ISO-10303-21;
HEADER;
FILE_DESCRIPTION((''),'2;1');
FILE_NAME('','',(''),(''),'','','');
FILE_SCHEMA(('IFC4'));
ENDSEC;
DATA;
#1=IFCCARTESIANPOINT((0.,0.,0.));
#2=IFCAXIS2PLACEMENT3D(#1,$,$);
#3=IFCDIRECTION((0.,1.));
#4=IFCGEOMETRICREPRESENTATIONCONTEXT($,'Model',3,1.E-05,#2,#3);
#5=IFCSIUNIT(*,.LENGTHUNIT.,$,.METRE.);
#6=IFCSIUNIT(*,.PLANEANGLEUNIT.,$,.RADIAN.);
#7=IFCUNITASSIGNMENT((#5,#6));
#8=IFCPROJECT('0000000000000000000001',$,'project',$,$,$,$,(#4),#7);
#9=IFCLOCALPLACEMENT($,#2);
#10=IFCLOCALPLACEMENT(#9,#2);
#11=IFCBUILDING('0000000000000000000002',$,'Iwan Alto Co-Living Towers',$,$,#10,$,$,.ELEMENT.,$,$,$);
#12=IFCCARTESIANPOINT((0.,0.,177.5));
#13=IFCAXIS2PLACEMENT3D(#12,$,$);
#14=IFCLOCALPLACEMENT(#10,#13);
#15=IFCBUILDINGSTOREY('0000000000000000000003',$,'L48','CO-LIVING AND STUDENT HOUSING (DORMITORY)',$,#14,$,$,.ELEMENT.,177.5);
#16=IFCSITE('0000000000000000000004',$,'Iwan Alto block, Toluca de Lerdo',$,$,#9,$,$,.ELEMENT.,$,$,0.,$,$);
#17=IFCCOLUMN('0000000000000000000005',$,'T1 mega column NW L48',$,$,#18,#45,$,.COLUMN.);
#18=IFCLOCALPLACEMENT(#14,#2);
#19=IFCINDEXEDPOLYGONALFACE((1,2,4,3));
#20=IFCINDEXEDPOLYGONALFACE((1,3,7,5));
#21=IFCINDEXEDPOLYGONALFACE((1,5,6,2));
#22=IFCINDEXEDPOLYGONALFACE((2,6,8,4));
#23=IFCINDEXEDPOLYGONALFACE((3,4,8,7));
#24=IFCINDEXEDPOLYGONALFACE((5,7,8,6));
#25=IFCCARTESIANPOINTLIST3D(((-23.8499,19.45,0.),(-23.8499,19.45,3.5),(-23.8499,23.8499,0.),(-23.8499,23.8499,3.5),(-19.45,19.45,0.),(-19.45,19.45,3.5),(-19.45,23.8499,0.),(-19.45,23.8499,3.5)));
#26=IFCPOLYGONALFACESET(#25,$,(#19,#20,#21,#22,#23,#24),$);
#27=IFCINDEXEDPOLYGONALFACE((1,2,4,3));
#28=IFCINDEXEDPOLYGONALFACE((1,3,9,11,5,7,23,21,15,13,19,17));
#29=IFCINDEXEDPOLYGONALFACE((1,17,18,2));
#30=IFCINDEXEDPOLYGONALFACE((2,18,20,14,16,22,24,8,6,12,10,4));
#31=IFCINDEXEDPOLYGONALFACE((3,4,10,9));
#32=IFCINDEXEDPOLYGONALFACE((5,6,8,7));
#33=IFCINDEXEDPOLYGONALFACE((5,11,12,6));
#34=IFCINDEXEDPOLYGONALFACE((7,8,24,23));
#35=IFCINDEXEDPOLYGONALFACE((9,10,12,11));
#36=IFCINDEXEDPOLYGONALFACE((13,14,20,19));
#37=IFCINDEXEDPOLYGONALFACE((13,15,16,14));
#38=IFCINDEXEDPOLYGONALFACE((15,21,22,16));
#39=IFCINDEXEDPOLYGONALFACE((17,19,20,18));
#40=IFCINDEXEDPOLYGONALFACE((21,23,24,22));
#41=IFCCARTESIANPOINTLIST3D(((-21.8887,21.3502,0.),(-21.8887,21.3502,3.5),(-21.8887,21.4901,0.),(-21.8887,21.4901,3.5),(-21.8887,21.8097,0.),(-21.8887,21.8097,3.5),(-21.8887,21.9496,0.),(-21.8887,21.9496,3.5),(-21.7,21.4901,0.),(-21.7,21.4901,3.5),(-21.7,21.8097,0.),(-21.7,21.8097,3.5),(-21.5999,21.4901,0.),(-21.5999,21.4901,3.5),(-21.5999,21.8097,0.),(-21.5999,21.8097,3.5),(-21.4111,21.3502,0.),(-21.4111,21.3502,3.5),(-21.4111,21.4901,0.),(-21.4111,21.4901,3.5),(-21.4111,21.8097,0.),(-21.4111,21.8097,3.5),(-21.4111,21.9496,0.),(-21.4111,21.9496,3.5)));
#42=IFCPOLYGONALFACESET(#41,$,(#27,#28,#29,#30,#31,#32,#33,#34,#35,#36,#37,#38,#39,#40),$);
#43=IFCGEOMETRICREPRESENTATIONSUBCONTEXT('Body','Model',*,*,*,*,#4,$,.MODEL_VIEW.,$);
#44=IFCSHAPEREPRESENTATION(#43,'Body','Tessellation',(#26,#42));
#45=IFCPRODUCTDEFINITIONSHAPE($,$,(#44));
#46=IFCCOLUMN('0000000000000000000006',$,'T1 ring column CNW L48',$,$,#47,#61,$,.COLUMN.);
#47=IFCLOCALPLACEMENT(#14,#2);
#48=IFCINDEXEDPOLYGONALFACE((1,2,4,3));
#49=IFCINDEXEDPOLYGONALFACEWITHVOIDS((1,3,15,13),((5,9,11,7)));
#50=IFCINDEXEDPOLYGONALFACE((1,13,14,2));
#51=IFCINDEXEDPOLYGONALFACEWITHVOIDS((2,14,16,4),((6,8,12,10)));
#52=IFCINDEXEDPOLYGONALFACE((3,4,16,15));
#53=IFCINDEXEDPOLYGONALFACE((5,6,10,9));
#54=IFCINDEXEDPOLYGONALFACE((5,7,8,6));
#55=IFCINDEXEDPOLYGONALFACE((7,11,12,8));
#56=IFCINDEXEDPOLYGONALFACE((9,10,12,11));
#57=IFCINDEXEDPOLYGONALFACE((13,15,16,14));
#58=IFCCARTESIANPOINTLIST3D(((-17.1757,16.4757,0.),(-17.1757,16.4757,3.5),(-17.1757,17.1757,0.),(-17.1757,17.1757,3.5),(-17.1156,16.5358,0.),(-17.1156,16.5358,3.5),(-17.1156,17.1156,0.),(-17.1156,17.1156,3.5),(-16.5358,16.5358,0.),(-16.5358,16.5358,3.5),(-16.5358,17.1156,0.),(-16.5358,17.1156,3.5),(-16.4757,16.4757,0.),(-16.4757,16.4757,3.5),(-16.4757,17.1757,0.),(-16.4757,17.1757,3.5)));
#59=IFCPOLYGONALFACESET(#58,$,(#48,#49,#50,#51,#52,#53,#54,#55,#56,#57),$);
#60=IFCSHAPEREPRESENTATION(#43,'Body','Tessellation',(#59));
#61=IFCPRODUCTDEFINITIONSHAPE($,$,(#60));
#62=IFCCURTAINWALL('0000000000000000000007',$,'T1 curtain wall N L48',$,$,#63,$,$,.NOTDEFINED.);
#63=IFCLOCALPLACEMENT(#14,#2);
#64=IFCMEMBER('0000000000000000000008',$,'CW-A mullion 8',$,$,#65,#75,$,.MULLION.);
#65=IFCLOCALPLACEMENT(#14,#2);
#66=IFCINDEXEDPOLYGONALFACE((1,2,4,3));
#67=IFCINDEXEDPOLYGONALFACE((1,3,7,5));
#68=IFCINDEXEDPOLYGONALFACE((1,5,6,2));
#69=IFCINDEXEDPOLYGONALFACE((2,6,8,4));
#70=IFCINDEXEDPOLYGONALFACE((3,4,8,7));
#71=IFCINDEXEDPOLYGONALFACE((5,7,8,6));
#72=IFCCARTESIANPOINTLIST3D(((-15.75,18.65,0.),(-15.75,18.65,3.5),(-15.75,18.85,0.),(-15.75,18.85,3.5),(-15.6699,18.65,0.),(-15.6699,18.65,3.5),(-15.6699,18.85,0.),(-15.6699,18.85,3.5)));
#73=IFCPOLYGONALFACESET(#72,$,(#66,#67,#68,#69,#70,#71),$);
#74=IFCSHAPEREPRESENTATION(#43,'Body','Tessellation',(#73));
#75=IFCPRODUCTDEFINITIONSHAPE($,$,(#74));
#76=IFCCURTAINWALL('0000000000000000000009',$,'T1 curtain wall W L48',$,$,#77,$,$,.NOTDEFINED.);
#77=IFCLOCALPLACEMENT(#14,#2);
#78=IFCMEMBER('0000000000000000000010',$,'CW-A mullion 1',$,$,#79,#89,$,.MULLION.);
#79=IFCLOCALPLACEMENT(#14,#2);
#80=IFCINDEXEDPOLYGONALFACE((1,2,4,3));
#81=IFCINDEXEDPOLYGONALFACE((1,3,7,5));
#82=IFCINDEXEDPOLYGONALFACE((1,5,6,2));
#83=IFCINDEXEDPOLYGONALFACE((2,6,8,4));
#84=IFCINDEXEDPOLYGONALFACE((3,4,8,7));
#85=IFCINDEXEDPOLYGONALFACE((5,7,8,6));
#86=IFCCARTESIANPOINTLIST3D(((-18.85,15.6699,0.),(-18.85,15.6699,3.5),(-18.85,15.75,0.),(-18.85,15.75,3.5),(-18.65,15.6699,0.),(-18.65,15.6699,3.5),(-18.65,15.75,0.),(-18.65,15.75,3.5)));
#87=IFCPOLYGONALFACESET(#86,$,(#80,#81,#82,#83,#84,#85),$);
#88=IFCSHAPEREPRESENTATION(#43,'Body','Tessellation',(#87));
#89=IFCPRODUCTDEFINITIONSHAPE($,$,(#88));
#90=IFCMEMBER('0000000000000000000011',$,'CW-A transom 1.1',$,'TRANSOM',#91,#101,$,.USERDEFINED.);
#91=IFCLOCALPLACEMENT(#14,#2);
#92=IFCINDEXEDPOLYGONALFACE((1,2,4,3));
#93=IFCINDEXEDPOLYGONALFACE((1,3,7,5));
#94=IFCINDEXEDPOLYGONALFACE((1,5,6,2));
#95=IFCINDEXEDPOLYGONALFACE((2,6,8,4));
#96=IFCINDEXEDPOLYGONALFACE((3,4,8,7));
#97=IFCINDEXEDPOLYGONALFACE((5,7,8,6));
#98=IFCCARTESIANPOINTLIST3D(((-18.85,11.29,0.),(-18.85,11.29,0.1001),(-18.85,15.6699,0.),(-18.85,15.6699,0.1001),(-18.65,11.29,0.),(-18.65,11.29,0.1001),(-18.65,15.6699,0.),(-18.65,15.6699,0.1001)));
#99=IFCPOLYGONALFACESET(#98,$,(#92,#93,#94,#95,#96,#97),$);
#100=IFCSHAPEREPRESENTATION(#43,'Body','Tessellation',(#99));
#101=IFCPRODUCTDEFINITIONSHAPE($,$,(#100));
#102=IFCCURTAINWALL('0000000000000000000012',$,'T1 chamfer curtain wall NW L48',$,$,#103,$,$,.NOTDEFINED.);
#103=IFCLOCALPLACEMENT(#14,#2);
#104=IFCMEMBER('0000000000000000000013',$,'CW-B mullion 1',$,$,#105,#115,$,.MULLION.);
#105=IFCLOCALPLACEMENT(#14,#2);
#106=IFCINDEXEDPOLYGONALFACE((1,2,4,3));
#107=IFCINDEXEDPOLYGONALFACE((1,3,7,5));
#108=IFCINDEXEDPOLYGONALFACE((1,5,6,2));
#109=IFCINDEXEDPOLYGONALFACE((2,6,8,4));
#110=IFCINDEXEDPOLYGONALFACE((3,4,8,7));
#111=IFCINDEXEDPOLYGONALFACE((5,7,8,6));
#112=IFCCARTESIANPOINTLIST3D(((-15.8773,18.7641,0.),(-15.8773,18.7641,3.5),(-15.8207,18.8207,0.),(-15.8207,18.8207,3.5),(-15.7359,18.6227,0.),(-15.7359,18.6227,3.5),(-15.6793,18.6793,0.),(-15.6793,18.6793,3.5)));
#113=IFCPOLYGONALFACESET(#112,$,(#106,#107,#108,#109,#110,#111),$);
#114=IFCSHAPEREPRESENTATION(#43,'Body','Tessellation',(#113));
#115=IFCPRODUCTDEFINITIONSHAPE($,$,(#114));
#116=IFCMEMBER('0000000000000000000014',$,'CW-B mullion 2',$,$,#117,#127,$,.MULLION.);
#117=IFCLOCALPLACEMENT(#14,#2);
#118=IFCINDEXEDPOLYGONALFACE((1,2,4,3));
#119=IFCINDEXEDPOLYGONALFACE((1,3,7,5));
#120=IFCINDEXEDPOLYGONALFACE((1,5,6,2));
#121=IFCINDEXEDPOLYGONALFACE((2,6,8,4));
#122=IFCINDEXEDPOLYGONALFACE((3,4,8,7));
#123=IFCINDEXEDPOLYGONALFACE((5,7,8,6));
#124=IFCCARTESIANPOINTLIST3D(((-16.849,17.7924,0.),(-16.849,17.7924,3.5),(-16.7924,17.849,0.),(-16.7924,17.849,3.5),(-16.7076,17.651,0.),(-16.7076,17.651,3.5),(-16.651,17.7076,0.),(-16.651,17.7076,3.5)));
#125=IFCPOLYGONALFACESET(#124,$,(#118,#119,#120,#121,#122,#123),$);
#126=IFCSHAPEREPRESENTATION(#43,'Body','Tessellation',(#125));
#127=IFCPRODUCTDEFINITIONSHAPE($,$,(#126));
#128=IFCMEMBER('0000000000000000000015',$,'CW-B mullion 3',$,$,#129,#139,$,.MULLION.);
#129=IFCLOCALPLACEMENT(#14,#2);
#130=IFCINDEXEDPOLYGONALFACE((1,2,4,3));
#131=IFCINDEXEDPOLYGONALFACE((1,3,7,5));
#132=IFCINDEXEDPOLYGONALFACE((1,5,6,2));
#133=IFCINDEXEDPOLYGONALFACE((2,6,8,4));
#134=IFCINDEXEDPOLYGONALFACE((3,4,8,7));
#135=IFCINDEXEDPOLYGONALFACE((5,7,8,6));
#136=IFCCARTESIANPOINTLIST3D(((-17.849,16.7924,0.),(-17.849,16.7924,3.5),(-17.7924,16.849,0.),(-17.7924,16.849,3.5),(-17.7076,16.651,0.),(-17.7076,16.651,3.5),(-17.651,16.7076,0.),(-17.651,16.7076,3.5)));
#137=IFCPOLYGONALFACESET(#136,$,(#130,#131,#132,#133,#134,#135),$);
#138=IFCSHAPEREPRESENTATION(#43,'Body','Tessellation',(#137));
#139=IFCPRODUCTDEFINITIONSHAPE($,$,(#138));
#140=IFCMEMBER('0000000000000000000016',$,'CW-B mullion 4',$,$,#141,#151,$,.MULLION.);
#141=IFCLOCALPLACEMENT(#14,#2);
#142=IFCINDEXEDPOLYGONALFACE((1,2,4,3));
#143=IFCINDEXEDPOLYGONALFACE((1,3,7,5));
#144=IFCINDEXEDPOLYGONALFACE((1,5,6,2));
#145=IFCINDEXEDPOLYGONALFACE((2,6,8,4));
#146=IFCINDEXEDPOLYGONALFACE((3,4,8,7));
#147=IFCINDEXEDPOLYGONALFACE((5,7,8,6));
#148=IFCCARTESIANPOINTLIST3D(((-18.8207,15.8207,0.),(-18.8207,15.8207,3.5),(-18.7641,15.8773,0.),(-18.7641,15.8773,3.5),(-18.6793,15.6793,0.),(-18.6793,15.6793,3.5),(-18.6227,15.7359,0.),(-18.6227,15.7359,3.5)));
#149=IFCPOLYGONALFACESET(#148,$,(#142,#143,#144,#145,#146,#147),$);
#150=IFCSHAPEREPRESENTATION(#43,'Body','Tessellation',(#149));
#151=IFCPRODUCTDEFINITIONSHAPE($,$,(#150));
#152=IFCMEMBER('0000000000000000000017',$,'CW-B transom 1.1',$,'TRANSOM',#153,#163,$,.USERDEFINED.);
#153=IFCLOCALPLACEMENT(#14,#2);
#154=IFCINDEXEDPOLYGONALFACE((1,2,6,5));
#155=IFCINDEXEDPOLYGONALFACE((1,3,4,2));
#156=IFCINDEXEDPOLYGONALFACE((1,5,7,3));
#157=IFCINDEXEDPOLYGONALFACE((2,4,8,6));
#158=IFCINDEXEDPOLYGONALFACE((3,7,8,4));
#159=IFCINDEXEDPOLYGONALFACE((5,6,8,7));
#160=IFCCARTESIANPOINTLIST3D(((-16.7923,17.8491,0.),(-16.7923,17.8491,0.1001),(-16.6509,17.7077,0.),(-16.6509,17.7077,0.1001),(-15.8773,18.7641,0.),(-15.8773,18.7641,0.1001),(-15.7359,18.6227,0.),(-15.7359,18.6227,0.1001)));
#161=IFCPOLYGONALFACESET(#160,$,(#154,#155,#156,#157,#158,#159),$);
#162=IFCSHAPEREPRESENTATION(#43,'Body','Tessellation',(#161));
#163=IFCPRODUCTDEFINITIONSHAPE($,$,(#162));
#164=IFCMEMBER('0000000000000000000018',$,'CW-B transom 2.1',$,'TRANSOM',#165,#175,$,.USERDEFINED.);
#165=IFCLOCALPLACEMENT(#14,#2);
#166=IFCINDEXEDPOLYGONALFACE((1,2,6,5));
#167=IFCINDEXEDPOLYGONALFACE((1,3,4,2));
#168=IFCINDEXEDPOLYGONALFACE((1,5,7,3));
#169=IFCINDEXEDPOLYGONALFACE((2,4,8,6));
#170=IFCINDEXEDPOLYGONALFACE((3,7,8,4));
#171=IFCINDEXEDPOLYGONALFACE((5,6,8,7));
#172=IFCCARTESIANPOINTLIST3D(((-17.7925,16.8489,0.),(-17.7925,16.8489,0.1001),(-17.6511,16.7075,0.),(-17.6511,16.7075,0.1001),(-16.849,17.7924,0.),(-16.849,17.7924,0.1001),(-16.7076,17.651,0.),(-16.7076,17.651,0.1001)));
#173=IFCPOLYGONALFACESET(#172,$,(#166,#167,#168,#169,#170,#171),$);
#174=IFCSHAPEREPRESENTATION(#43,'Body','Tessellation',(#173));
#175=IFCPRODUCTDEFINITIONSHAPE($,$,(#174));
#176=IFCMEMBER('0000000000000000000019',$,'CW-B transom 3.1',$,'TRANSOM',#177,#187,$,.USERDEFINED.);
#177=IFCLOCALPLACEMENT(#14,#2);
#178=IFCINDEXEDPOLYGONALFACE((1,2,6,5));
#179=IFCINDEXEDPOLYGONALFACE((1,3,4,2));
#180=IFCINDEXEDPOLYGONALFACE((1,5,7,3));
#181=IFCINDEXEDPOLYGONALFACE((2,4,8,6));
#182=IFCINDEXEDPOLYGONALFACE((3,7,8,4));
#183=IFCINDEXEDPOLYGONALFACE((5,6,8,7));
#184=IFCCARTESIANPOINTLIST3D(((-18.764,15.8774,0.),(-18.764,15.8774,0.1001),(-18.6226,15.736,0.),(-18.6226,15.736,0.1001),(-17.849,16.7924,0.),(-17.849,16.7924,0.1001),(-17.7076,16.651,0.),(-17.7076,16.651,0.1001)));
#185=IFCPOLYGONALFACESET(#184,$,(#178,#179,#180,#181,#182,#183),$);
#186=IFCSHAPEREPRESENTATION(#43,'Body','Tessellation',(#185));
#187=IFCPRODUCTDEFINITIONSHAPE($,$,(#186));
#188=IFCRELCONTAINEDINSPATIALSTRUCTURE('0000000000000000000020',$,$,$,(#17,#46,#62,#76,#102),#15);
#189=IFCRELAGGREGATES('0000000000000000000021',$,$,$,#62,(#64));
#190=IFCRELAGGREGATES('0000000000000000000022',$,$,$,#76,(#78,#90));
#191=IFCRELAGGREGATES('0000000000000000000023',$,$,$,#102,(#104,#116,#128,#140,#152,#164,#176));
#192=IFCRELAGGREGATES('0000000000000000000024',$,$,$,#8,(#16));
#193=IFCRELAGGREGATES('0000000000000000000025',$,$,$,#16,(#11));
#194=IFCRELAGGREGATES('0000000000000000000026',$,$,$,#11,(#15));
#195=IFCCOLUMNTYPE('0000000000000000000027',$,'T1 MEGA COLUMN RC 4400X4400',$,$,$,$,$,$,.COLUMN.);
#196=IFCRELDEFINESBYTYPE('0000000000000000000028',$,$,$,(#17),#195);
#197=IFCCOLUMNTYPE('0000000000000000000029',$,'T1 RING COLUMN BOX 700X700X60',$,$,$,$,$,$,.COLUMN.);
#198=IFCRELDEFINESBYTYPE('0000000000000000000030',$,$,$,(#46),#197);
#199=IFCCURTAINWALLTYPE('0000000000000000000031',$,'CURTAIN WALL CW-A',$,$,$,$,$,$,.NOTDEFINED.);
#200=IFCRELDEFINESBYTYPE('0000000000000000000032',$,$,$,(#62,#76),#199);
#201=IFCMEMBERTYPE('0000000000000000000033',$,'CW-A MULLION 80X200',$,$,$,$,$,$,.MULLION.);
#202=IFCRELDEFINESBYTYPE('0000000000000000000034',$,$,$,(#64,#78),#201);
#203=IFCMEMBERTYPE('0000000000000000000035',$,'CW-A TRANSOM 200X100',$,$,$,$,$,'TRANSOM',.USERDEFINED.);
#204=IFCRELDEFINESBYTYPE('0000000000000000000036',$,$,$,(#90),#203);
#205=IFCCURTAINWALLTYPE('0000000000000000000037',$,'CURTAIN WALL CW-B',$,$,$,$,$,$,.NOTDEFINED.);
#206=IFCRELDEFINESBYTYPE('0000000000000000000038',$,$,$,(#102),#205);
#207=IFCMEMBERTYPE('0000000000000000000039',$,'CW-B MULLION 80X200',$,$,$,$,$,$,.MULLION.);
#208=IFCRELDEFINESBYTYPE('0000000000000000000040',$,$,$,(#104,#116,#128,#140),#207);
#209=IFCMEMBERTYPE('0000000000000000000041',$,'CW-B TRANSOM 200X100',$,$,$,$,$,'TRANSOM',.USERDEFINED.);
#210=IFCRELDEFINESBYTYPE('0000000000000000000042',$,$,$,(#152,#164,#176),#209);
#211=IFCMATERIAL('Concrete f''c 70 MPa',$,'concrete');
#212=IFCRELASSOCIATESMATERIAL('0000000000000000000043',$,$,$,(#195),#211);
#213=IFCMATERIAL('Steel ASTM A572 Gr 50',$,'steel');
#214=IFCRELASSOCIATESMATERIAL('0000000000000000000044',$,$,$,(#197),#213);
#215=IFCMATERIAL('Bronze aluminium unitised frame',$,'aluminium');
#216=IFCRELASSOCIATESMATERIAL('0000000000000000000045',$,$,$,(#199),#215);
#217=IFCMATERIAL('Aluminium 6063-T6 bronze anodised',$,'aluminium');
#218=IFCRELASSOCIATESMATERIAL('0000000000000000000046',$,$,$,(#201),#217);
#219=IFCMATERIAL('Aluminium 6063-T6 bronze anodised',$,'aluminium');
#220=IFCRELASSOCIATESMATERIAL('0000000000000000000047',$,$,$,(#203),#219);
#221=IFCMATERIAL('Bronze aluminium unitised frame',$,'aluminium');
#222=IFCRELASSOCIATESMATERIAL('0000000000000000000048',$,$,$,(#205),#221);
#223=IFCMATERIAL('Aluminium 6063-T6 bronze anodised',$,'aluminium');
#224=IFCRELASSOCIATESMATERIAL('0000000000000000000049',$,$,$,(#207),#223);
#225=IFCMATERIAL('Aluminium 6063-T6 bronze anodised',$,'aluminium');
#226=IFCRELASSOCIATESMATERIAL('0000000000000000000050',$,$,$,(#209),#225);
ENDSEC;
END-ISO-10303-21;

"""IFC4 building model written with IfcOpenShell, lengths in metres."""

from ifc_helpers import new_model, si_unit, direction, frame, origin, origin_2d, place, context, subcontext, project, spatial, rectangle, hollow_rectangle, i_section, extrude, material, material_profile, profile_set, type_object, element, aggregate, save


model = new_model("IFC4")

# Units and contexts
model_context = context("Model", 3, precision=1e-05, world=origin(), true_north=direction((0.0, 1.0)))
body_context = subcontext(model_context, "Body", "Model", "MODEL_VIEW")
ifc_project = project(units=[si_unit("LENGTHUNIT", "METRE"), si_unit("PLANEANGLEUNIT", "RADIAN")], contexts=[model_context])

# Site, building, storey
site_placement = place(None, origin())
site = spatial("IfcSite", under=ifc_project, at=site_placement, Name="Iwan Alto block, Toluca de Lerdo", CompositionType="ELEMENT", RefElevation=0.0)
building_placement = place(site_placement, origin())
building = spatial("IfcBuilding", under=site, at=building_placement, Name="Iwan Alto Co-Living Towers", CompositionType="ELEMENT")
storey_placement = place(building_placement, frame((0.0, 0.0, 177.5)))
storey = spatial("IfcBuildingStorey", under=building, at=storey_placement, Name="L48", Description="CO-LIVING AND STUDENT HOUSING (DORMITORY)", CompositionType="ELEMENT", Elevation=177.5)

# Columns
ifc_material_1 = material(Name="Concrete f'c 70 MPa", Category="concrete")
ifc_material_profile_1 = material_profile(ifc_material_1, rectangle(XDim=4.3999, YDim=4.3999, at=origin_2d()), Name="RC 4400X4400")
ifc_profile_set_1 = profile_set([ifc_material_profile_1], Name="Concrete f'c 70 MPa")
column_type_1 = type_object("IfcColumnType", Name="T1 MEGA COLUMN RC 4400X4400", PredefinedType="COLUMN", material=ifc_profile_set_1)
column_1_placement = place(storey_placement, frame((-21.6499, 21.6499, 0.0), z_axis=(0.0, 0.0, 1.0), x_axis=(1.0, 0.0, 0.0)))
element("IfcColumn", 1, at=column_1_placement, inside=storey, type_object=column_type_1, Name="T1 mega column NW L48", PredefinedType="COLUMN", context=body_context, shape_type="SweptSolid", body=[
    extrude(rectangle(XDim=4.3999, YDim=4.3999, at=origin_2d()), origin(), (0.0, 0.0, 1.0), 3.5),
    extrude(i_section(OverallWidth=0.4775, OverallDepth=0.5994, WebThickness=0.1001, FlangeThickness=0.1399, at=origin_2d()), origin(), (0.0, 0.0, 1.0), 3.5),
])
ifc_material_2 = material(Name="Steel ASTM A572 Gr 50", Category="steel")
ifc_material_profile_2 = material_profile(ifc_material_2, hollow_rectangle(XDim=0.7, YDim=0.7, WallThickness=0.0601, at=origin_2d()), Name="BOX 700X700X60")
ifc_profile_set_2 = profile_set([ifc_material_profile_2], Name="Steel ASTM A572 Gr 50")
column_type_2 = type_object("IfcColumnType", Name="T1 RING COLUMN BOX 700X700X60", PredefinedType="COLUMN", material=ifc_profile_set_2)
column_2_placement = place(storey_placement, frame((-16.8257, 16.8257, 0.0), z_axis=(0.0, 0.0, 1.0), x_axis=(1.0, 0.0, 0.0)))
element("IfcColumn", 2, at=column_2_placement, inside=storey, type_object=column_type_2, Name="T1 ring column CNW L48", PredefinedType="COLUMN", context=body_context, shape_type="SweptSolid", body=[
    extrude(hollow_rectangle(XDim=0.7, YDim=0.7, WallThickness=0.0601, at=origin_2d()), origin(), (0.0, 0.0, 1.0), 3.5),
])

# Curtain wall, member
ifc_material_3 = material(Name="Bronze aluminium unitised frame", Category="aluminium")
curtain_wall_type_1 = type_object("IfcCurtainWallType", Name="CURTAIN WALL CW-A", PredefinedType="NOTDEFINED", material=ifc_material_3)
curtain_wall_1_placement = place(storey_placement, origin())
curtain_wall_1 = element("IfcCurtainWall", 3, at=curtain_wall_1_placement, inside=storey, type_object=curtain_wall_type_1, Name="T1 curtain wall N L48", PredefinedType="NOTDEFINED")
ifc_material_4 = material(Name="Aluminium 6063-T6 bronze anodised", Category="aluminium")
ifc_material_profile_3 = material_profile(ifc_material_4, rectangle(XDim=0.2, YDim=0.0801, at=origin_2d()), Name="AL 80X200")
ifc_profile_set_3 = profile_set([ifc_material_profile_3], Name="Aluminium 6063-T6 bronze anodised")
member_type_1 = type_object("IfcMemberType", Name="CW-A MULLION 80X200", PredefinedType="MULLION", material=ifc_profile_set_3)
member_1_placement = place(storey_placement, frame((-15.71, 18.75, 0.0), z_axis=(0.0, 0.0, 1.0), x_axis=(0.0, -1.0, 0.0)))
member_1 = element("IfcMember", 4, at=member_1_placement, type_object=member_type_1, Name="CW-A mullion 8", PredefinedType="MULLION", context=body_context, shape_type="SweptSolid", body=[
    extrude(rectangle(XDim=0.2, YDim=0.0801, at=origin_2d()), origin(), (0.0, 0.0, 1.0), 3.5),
])
aggregate(curtain_wall_1, [member_1])

# Curtain walls, members
curtain_wall_2_placement = place(storey_placement, origin())
curtain_wall_2 = element("IfcCurtainWall", 5, at=curtain_wall_2_placement, inside=storey, type_object=curtain_wall_type_1, Name="T1 curtain wall W L48", PredefinedType="NOTDEFINED")
member_2_placement = place(storey_placement, frame((-18.75, 15.71, 0.0), z_axis=(0.0, 0.0, 1.0), x_axis=(1.0, 0.0, 0.0)))
member_2 = element("IfcMember", 6, at=member_2_placement, type_object=member_type_1, Name="CW-A mullion 1", PredefinedType="MULLION", context=body_context, shape_type="SweptSolid", body=[
    extrude(rectangle(XDim=0.2, YDim=0.0801, at=origin_2d()), origin(), (0.0, 0.0, 1.0), 3.5),
])
ifc_material_5 = material(Name="Aluminium 6063-T6 bronze anodised", Category="aluminium")
ifc_material_profile_4 = material_profile(ifc_material_5, rectangle(XDim=0.2, YDim=0.1001, at=origin_2d()), Name="AL 200X100")
ifc_profile_set_4 = profile_set([ifc_material_profile_4], Name="Aluminium 6063-T6 bronze anodised")
member_type_2 = type_object("IfcMemberType", Name="CW-A TRANSOM 200X100", ElementType="TRANSOM", PredefinedType="USERDEFINED", material=ifc_profile_set_4)
member_3_placement = place(storey_placement, frame((-18.75, 15.6699, 0.05), z_axis=(0.0, -1.0, 0.0), x_axis=(1.0, 0.0, 0.0)))
member_3 = element("IfcMember", 7, at=member_3_placement, type_object=member_type_2, Name="CW-A transom 1.1", ObjectType="TRANSOM", PredefinedType="USERDEFINED", context=body_context, shape_type="SweptSolid", body=[
    extrude(rectangle(XDim=0.2, YDim=0.1001, at=origin_2d()), origin(), (0.0, 0.0, 1.0), 4.3799),
])
ifc_material_6 = material(Name="Bronze aluminium unitised frame", Category="aluminium")
curtain_wall_type_2 = type_object("IfcCurtainWallType", Name="CURTAIN WALL CW-B", PredefinedType="NOTDEFINED", material=ifc_material_6)
curtain_wall_3_placement = place(storey_placement, origin())
curtain_wall_3 = element("IfcCurtainWall", 8, at=curtain_wall_3_placement, inside=storey, type_object=curtain_wall_type_2, Name="T1 chamfer curtain wall NW L48", PredefinedType="NOTDEFINED")
ifc_material_7 = material(Name="Aluminium 6063-T6 bronze anodised", Category="aluminium")
ifc_material_profile_5 = material_profile(ifc_material_7, rectangle(XDim=0.2, YDim=0.0801, at=origin_2d()), Name="AL 80X200")
ifc_profile_set_5 = profile_set([ifc_material_profile_5], Name="Aluminium 6063-T6 bronze anodised")
member_type_3 = type_object("IfcMemberType", Name="CW-B MULLION 80X200", PredefinedType="MULLION", material=ifc_profile_set_5)
member_4_placement = place(storey_placement, frame((-15.7783, 18.7217, 0.0), z_axis=(0.0, 0.0, 1.0), x_axis=(0.707107, -0.707107, 0.0)))
member_4 = element("IfcMember", 9, at=member_4_placement, type_object=member_type_3, Name="CW-B mullion 1", PredefinedType="MULLION", context=body_context, shape_type="SweptSolid", body=[
    extrude(rectangle(XDim=0.2, YDim=0.0801, at=origin_2d()), origin(), (0.0, 0.0, 1.0), 3.5),
])
member_5_placement = place(storey_placement, frame((-16.75, 17.75, 0.0), z_axis=(0.0, 0.0, 1.0), x_axis=(0.707107, -0.707107, 0.0)))
member_5 = element("IfcMember", 10, at=member_5_placement, type_object=member_type_3, Name="CW-B mullion 2", PredefinedType="MULLION", context=body_context, shape_type="SweptSolid", body=[
    extrude(rectangle(XDim=0.2, YDim=0.0801, at=origin_2d()), origin(), (0.0, 0.0, 1.0), 3.5),
])
member_6_placement = place(storey_placement, frame((-17.75, 16.75, 0.0), z_axis=(0.0, 0.0, 1.0), x_axis=(0.707107, -0.707107, 0.0)))
member_6 = element("IfcMember", 11, at=member_6_placement, type_object=member_type_3, Name="CW-B mullion 3", PredefinedType="MULLION", context=body_context, shape_type="SweptSolid", body=[
    extrude(rectangle(XDim=0.2, YDim=0.0801, at=origin_2d()), origin(), (0.0, 0.0, 1.0), 3.5),
])
member_7_placement = place(storey_placement, frame((-18.7217, 15.7783, 0.0), z_axis=(0.0, 0.0, 1.0), x_axis=(0.707107, -0.707107, 0.0)))
member_7 = element("IfcMember", 12, at=member_7_placement, type_object=member_type_3, Name="CW-B mullion 4", PredefinedType="MULLION", context=body_context, shape_type="SweptSolid", body=[
    extrude(rectangle(XDim=0.2, YDim=0.0801, at=origin_2d()), origin(), (0.0, 0.0, 1.0), 3.5),
])
ifc_material_8 = material(Name="Aluminium 6063-T6 bronze anodised", Category="aluminium")
ifc_material_profile_6 = material_profile(ifc_material_8, rectangle(XDim=0.2, YDim=0.1001, at=origin_2d()), Name="AL 200X100")
ifc_profile_set_6 = profile_set([ifc_material_profile_6], Name="Aluminium 6063-T6 bronze anodised")
member_type_4 = type_object("IfcMemberType", Name="CW-B TRANSOM 200X100", ElementType="TRANSOM", PredefinedType="USERDEFINED", material=ifc_profile_set_6)
member_8_placement = place(storey_placement, frame((-15.8066, 18.6934, 0.05), z_axis=(-0.707107, -0.707107, 0.0), x_axis=(0.707107, -0.707107, 0.0)))
member_8 = element("IfcMember", 13, at=member_8_placement, type_object=member_type_4, Name="CW-B transom 1.1", ObjectType="TRANSOM", PredefinedType="USERDEFINED", context=body_context, shape_type="SweptSolid", body=[
    extrude(rectangle(XDim=0.2, YDim=0.1001, at=origin_2d()), origin(), (0.0, 0.0, 1.0), 1.2939),
])
member_9_placement = place(storey_placement, frame((-16.7783, 17.7217, 0.05), z_axis=(-0.707107, -0.707107, 0.0), x_axis=(0.707107, -0.707107, 0.0)))
member_9 = element("IfcMember", 14, at=member_9_placement, type_object=member_type_4, Name="CW-B transom 2.1", ObjectType="TRANSOM", PredefinedType="USERDEFINED", context=body_context, shape_type="SweptSolid", body=[
    extrude(rectangle(XDim=0.2, YDim=0.1001, at=origin_2d()), origin(), (0.0, 0.0, 1.0), 1.3342),
])
member_10_placement = place(storey_placement, frame((-17.7783, 16.7217, 0.05), z_axis=(-0.707107, -0.707107, 0.0), x_axis=(0.707107, -0.707107, 0.0)))
member_10 = element("IfcMember", 15, at=member_10_placement, type_object=member_type_4, Name="CW-B transom 3.1", ObjectType="TRANSOM", PredefinedType="USERDEFINED", context=body_context, shape_type="SweptSolid", body=[
    extrude(rectangle(XDim=0.2, YDim=0.1001, at=origin_2d()), origin(), (0.0, 0.0, 1.0), 1.2939),
])

aggregate(curtain_wall_2, [member_2, member_3])
aggregate(curtain_wall_3, [member_4, member_5, member_6, member_7, member_8, member_9, member_10])

save(model, "model.ifc")
